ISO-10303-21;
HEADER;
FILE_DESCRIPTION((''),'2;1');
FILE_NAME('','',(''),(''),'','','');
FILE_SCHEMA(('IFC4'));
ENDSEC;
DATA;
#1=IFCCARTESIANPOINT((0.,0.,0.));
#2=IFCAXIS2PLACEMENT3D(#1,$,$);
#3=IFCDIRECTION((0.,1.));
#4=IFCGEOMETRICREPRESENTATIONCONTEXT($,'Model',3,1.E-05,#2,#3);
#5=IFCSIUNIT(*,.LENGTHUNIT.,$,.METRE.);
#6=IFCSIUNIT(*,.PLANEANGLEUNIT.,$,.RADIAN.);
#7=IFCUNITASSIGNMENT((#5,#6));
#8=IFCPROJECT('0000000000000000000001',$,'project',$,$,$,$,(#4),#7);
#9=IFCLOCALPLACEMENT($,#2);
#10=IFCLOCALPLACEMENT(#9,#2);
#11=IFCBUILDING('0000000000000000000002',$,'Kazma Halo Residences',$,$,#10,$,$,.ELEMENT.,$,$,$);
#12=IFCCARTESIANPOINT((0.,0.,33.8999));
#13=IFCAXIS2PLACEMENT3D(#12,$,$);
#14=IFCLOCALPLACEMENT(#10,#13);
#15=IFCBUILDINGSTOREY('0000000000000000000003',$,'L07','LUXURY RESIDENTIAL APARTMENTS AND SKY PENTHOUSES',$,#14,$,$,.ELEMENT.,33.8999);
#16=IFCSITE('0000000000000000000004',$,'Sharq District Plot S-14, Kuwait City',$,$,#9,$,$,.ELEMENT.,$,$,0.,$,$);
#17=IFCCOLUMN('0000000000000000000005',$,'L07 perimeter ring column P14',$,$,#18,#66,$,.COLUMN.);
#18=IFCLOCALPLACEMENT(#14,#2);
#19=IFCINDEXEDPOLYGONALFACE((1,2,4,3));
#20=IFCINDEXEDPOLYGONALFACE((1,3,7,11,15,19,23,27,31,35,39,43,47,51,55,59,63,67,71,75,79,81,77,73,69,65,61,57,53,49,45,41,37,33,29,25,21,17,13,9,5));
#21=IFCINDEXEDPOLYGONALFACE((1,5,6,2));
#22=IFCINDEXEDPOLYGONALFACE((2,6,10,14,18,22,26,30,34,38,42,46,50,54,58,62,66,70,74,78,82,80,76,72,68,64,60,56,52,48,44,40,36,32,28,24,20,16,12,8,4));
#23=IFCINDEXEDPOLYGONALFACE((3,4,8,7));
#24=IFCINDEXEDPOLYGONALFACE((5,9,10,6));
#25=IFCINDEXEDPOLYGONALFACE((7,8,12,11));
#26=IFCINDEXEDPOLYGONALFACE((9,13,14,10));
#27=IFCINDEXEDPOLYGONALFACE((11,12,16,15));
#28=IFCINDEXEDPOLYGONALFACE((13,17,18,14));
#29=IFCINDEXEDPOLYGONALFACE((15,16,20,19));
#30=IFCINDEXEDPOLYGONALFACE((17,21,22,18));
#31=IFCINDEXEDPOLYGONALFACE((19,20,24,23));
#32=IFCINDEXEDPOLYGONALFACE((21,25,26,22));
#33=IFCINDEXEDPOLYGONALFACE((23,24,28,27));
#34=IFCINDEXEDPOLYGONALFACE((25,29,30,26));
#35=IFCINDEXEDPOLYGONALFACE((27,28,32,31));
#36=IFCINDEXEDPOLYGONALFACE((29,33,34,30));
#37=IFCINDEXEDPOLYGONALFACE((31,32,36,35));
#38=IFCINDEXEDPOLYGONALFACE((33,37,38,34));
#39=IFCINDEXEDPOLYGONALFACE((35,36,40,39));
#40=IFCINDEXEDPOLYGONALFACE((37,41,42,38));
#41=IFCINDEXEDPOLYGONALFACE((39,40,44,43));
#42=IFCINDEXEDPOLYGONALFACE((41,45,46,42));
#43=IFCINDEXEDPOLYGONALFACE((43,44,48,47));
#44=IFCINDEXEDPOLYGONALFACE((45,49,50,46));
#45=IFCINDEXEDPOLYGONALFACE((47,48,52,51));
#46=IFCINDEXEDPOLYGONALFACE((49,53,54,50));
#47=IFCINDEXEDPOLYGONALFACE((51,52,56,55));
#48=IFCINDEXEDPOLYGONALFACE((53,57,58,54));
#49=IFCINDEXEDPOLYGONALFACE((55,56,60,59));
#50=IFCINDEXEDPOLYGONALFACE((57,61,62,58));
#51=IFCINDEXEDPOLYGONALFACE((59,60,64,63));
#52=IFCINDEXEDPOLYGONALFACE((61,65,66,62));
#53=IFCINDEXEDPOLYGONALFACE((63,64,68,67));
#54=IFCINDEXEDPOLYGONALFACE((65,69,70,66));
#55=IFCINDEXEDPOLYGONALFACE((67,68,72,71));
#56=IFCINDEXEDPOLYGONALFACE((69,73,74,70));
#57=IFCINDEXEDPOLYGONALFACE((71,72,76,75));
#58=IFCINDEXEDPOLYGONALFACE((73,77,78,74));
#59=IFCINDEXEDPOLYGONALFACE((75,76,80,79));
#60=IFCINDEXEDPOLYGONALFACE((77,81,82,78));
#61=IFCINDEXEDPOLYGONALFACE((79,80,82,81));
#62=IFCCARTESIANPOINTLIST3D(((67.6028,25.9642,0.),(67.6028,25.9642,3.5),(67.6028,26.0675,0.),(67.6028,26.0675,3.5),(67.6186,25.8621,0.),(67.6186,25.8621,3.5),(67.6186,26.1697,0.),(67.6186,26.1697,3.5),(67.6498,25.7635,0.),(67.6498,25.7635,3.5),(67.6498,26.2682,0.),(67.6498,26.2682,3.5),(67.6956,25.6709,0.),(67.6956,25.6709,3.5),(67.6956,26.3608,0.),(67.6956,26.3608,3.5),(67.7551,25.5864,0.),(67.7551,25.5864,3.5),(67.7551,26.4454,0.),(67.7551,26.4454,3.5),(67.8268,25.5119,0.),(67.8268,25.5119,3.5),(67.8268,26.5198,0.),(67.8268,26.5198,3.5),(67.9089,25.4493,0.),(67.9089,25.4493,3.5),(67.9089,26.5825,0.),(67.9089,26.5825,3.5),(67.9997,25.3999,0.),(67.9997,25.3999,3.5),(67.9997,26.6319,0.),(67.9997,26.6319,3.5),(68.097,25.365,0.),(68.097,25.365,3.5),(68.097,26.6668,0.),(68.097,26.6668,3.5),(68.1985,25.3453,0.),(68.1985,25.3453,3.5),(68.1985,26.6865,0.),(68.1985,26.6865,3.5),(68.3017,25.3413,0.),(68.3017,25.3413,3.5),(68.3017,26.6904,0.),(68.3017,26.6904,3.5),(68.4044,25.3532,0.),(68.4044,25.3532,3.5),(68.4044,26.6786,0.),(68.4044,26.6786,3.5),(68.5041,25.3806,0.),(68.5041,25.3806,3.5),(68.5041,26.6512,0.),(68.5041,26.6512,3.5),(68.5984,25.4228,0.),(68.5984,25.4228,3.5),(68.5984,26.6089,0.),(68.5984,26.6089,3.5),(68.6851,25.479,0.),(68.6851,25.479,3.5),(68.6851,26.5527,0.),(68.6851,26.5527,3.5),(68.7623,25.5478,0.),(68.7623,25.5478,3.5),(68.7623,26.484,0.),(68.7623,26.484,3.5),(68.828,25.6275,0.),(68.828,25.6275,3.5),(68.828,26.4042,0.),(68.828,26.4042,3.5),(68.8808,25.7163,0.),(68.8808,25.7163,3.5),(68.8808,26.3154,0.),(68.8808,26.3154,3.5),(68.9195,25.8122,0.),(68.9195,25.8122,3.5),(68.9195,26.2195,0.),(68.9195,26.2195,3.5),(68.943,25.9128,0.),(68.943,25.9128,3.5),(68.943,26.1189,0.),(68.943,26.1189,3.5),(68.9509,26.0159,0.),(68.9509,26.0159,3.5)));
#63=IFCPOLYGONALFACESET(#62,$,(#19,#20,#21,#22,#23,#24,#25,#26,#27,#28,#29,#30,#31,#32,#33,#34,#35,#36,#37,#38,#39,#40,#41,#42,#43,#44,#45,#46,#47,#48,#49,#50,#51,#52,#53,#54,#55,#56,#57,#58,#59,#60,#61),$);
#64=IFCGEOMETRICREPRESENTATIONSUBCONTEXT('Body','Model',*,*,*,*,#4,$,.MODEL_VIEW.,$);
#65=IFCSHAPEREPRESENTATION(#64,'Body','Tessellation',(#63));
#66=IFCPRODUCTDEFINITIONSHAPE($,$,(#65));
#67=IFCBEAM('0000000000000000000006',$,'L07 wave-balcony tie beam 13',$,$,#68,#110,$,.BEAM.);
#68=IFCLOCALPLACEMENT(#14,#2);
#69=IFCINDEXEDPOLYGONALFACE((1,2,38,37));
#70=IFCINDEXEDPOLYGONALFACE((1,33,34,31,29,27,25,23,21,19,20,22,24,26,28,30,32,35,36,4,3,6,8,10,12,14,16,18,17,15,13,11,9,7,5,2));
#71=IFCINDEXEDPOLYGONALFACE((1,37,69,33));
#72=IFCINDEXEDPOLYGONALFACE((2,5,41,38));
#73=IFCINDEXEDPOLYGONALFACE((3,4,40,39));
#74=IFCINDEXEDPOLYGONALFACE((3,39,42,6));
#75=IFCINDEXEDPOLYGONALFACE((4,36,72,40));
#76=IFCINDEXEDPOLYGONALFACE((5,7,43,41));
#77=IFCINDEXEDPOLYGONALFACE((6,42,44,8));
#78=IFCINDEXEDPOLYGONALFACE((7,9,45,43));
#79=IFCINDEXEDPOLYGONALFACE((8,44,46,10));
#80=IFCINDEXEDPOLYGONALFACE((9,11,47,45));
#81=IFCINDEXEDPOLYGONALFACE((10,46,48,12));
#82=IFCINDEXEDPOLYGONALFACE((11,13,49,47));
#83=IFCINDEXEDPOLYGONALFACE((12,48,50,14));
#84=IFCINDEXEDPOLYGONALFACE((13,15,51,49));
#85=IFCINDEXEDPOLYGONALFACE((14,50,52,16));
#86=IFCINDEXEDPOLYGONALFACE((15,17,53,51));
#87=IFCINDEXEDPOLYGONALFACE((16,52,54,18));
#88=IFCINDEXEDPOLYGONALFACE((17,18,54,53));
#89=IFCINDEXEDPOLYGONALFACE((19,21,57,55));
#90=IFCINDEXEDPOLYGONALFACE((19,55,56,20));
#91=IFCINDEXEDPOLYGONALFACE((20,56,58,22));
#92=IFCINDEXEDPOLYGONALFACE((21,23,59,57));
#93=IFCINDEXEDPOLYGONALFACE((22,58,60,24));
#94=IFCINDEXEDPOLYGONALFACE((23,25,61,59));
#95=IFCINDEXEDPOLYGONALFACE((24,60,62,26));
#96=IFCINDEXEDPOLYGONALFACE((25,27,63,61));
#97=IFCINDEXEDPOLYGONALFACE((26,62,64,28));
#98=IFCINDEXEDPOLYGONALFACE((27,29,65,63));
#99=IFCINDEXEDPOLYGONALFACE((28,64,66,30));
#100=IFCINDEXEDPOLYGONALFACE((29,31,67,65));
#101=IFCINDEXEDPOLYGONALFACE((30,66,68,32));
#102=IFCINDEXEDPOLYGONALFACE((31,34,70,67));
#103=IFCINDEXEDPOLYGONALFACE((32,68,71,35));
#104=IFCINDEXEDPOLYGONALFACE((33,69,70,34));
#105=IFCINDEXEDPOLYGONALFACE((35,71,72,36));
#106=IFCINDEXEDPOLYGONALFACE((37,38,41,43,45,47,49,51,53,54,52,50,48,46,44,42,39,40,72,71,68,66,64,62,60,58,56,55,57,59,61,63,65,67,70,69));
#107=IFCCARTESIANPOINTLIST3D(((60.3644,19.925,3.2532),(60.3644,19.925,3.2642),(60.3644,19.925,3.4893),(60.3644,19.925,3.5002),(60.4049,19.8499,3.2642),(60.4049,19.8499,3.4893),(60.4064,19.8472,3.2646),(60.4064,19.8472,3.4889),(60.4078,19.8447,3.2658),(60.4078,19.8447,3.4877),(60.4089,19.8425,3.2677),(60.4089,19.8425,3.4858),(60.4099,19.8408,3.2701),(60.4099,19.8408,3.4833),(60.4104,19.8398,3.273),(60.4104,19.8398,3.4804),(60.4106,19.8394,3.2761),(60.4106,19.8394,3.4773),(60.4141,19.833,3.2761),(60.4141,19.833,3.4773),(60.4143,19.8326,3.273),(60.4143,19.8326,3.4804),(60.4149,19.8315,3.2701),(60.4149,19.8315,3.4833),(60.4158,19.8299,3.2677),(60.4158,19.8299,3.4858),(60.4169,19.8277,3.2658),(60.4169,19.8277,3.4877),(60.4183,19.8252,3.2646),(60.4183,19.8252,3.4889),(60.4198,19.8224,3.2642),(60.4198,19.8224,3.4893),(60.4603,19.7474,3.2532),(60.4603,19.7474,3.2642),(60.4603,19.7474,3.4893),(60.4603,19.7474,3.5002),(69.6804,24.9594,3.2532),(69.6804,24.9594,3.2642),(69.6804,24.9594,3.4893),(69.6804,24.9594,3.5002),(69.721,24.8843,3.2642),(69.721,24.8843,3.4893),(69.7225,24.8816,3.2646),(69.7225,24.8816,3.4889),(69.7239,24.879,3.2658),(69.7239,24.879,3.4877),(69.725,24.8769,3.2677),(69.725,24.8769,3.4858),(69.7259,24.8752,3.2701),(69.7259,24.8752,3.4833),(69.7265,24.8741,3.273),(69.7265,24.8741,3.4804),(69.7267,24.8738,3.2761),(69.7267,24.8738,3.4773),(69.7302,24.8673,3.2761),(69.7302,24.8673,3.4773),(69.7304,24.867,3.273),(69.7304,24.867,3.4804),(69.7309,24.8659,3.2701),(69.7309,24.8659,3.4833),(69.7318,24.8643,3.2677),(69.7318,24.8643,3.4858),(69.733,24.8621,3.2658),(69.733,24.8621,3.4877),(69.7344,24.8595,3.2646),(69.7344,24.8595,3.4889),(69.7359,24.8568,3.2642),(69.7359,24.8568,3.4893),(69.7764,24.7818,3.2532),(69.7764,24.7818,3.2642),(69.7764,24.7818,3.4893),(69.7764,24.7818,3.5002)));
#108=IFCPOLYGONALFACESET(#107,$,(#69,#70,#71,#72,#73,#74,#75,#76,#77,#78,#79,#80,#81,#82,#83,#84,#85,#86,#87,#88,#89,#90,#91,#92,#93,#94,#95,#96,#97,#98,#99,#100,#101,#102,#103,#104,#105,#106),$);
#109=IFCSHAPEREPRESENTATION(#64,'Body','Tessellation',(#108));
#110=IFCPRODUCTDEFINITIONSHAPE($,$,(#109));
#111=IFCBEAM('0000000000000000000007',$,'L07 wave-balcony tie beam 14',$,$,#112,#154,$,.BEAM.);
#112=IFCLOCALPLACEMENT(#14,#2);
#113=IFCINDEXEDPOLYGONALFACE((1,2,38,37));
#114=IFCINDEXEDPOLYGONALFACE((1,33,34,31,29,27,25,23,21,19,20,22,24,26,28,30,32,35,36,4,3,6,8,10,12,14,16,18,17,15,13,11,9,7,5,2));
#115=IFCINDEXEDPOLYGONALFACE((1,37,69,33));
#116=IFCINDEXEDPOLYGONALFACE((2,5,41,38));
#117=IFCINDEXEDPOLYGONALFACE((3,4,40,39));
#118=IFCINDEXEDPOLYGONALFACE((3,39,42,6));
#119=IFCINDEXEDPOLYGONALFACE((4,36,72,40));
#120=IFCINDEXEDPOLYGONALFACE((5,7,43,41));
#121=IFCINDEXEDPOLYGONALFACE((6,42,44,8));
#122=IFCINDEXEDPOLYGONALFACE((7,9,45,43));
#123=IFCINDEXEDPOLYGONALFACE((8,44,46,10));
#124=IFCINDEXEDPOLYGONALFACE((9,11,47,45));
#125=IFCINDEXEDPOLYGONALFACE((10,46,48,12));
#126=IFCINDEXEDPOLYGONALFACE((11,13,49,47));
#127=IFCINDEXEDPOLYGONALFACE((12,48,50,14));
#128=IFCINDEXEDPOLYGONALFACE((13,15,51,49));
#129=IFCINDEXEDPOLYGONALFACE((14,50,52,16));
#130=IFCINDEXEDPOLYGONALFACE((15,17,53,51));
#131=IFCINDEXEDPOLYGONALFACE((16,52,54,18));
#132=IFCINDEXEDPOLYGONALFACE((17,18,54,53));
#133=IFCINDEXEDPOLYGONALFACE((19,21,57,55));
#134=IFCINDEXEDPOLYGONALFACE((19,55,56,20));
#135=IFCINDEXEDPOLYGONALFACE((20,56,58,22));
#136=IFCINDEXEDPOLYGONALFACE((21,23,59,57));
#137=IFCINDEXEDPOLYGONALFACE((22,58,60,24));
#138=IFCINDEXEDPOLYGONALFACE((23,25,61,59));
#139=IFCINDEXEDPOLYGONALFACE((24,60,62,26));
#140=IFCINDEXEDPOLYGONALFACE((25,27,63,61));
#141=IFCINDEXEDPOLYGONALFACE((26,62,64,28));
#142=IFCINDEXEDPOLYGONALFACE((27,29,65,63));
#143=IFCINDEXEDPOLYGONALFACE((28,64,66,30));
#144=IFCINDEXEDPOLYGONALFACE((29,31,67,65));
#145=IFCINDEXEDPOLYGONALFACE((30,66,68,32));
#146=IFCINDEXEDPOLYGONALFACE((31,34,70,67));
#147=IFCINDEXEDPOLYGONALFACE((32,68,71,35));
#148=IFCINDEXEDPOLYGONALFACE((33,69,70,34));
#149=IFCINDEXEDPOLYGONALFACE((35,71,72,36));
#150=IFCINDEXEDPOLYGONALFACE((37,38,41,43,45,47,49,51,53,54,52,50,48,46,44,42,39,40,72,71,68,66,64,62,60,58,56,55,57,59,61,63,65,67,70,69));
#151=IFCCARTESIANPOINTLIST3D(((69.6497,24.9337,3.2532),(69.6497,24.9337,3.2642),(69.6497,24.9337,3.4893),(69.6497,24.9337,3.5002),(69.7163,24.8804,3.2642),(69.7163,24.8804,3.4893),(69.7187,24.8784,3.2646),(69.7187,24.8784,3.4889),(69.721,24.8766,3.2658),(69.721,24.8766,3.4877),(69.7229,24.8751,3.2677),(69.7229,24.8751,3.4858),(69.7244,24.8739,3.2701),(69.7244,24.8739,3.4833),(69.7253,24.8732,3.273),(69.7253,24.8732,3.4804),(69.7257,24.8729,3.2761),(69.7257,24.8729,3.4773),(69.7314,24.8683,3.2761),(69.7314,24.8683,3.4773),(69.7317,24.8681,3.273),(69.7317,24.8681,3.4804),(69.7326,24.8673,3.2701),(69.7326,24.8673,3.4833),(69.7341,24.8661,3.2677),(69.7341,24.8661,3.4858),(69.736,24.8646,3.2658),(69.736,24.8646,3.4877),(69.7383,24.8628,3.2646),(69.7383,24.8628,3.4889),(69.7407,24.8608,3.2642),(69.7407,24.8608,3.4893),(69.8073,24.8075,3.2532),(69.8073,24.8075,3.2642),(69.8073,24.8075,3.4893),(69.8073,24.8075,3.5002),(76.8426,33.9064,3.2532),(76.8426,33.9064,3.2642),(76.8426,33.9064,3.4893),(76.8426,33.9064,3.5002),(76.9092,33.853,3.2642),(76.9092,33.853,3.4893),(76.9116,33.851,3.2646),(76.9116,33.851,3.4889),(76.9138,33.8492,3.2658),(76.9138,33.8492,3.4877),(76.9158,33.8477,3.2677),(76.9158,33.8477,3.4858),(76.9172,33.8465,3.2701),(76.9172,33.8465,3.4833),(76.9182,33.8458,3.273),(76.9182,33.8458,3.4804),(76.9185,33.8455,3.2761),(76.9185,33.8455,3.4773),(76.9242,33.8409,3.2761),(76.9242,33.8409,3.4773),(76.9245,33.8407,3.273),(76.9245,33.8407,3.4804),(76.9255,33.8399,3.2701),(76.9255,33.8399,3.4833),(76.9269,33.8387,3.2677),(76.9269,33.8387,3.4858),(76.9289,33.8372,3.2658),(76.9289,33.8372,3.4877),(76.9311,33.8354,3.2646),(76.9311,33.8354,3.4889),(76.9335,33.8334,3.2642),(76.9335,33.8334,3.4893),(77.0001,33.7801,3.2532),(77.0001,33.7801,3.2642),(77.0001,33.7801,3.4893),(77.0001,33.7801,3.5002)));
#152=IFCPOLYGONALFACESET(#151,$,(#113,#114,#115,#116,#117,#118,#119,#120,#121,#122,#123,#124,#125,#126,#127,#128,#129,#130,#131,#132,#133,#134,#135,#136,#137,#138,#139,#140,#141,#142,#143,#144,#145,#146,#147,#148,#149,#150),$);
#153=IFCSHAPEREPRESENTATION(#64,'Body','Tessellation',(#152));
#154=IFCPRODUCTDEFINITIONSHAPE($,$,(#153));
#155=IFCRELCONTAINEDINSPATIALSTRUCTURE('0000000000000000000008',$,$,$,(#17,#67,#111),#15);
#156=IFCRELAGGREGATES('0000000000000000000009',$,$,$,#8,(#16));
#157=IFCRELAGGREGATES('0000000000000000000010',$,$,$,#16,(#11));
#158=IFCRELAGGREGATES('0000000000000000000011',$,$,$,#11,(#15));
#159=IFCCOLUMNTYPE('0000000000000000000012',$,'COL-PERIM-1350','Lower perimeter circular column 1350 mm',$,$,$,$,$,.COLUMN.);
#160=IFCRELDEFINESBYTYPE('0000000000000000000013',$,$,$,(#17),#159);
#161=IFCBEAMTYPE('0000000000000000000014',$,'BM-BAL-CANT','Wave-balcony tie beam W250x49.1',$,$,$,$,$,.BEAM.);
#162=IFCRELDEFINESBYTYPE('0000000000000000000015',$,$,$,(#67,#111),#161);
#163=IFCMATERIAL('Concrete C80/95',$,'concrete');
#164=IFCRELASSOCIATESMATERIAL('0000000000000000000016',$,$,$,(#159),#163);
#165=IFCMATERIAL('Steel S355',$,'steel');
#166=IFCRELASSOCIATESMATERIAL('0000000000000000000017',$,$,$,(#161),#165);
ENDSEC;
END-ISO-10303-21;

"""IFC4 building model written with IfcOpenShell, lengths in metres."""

from ifc_helpers import new_model, si_unit, direction, frame, origin, origin_2d, place, context, subcontext, project, spatial, circle, i_section, extrude, material, material_profile, profile_set, type_object, element, save


model = new_model("IFC4")

# Units and contexts
model_context = context("Model", 3, precision=1e-05, world=origin(), true_north=direction((0.0, 1.0)))
body_context = subcontext(model_context, "Body", "Model", "MODEL_VIEW")
ifc_project = project(units=[si_unit("LENGTHUNIT", "METRE"), si_unit("PLANEANGLEUNIT", "RADIAN")], contexts=[model_context])

# Site, building, storey
site_placement = place(None, origin())
site = spatial("IfcSite", under=ifc_project, at=site_placement, Name="Sharq District Plot S-14, Kuwait City", CompositionType="ELEMENT", RefElevation=0.0)
building_placement = place(site_placement, origin())
building = spatial("IfcBuilding", under=site, at=building_placement, Name="Kazma Halo Residences", CompositionType="ELEMENT")
storey_placement = place(building_placement, frame((0.0, 0.0, 33.8999)))
storey = spatial("IfcBuildingStorey", under=building, at=storey_placement, Name="L07", Description="LUXURY RESIDENTIAL APARTMENTS AND SKY PENTHOUSES", CompositionType="ELEMENT", Elevation=33.8999)

# Column
ifc_material_1 = material(Name="Concrete C80/95", Category="concrete")
ifc_material_profile_1 = material_profile(ifc_material_1, circle(Radius=0.675, at=origin_2d()), Name="CIRC1350")
ifc_profile_set_1 = profile_set([ifc_material_profile_1], Name="Concrete C80/95")
column_type = type_object("IfcColumnType", Name="COL-PERIM-1350", Description="Lower perimeter circular column 1350 mm", PredefinedType="COLUMN", material=ifc_profile_set_1)
column_placement = place(storey_placement, frame((68.2759, 26.0159, 0.0), z_axis=(0.0, 0.0, 1.0), x_axis=(1.0, 0.0, 0.0)))
element("IfcColumn", 1, at=column_placement, inside=storey, type_object=column_type, Name="L07 perimeter ring column P14", PredefinedType="COLUMN", context=body_context, shape_type="SweptSolid", body=[
    extrude(circle(Radius=0.675, at=origin_2d()), origin(), (0.0, 0.0, 1.0), 3.5),
])

# Beams
ifc_material_2 = material(Name="Steel S355", Category="steel")
ifc_material_profile_2 = material_profile(ifc_material_2, i_section(OverallWidth=0.2019, OverallDepth=0.2471, WebThickness=0.0073, FlangeThickness=0.011, FilletRadius=0.012, at=origin_2d()), Name="W250x49.1")
ifc_profile_set_2 = profile_set([ifc_material_profile_2], Name="Steel S355")
beam_type_1 = type_object("IfcBeamType", Name="BM-BAL-CANT", Description="Wave-balcony tie beam W250x49.1", PredefinedType="BEAM", material=ifc_profile_set_2)
beam_1_placement = place(storey_placement, frame((60.4124, 19.8362, 3.3767), z_axis=(0.879759, 0.475419, 0.0), x_axis=(-0.475419, 0.879759, 0.0)))
element("IfcBeam", 2, at=beam_1_placement, inside=storey, type_object=beam_type_1, Name="L07 wave-balcony tie beam 13", PredefinedType="BEAM", context=body_context, shape_type="SweptSolid", body=[
    extrude(i_section(OverallWidth=0.2019, OverallDepth=0.2471, WebThickness=0.0073, FlangeThickness=0.011, FilletRadius=0.012, at=origin_2d()), origin(), (0.0, 0.0, 1.0), 10.5894),
])
beam_2_placement = place(storey_placement, frame((69.7285, 24.8706, 3.3767), z_axis=(0.625477, 0.780243, 0.0), x_axis=(-0.780243, 0.625477, 0.0)))
element("IfcBeam", 3, at=beam_2_placement, inside=storey, type_object=beam_type_1, Name="L07 wave-balcony tie beam 14", PredefinedType="BEAM", context=body_context, shape_type="SweptSolid", body=[
    extrude(i_section(OverallWidth=0.2019, OverallDepth=0.2471, WebThickness=0.0073, FlangeThickness=0.011, FilletRadius=0.012, at=origin_2d()), origin(), (0.0, 0.0, 1.0), 11.4998),
])

save(model, "model.ifc")
